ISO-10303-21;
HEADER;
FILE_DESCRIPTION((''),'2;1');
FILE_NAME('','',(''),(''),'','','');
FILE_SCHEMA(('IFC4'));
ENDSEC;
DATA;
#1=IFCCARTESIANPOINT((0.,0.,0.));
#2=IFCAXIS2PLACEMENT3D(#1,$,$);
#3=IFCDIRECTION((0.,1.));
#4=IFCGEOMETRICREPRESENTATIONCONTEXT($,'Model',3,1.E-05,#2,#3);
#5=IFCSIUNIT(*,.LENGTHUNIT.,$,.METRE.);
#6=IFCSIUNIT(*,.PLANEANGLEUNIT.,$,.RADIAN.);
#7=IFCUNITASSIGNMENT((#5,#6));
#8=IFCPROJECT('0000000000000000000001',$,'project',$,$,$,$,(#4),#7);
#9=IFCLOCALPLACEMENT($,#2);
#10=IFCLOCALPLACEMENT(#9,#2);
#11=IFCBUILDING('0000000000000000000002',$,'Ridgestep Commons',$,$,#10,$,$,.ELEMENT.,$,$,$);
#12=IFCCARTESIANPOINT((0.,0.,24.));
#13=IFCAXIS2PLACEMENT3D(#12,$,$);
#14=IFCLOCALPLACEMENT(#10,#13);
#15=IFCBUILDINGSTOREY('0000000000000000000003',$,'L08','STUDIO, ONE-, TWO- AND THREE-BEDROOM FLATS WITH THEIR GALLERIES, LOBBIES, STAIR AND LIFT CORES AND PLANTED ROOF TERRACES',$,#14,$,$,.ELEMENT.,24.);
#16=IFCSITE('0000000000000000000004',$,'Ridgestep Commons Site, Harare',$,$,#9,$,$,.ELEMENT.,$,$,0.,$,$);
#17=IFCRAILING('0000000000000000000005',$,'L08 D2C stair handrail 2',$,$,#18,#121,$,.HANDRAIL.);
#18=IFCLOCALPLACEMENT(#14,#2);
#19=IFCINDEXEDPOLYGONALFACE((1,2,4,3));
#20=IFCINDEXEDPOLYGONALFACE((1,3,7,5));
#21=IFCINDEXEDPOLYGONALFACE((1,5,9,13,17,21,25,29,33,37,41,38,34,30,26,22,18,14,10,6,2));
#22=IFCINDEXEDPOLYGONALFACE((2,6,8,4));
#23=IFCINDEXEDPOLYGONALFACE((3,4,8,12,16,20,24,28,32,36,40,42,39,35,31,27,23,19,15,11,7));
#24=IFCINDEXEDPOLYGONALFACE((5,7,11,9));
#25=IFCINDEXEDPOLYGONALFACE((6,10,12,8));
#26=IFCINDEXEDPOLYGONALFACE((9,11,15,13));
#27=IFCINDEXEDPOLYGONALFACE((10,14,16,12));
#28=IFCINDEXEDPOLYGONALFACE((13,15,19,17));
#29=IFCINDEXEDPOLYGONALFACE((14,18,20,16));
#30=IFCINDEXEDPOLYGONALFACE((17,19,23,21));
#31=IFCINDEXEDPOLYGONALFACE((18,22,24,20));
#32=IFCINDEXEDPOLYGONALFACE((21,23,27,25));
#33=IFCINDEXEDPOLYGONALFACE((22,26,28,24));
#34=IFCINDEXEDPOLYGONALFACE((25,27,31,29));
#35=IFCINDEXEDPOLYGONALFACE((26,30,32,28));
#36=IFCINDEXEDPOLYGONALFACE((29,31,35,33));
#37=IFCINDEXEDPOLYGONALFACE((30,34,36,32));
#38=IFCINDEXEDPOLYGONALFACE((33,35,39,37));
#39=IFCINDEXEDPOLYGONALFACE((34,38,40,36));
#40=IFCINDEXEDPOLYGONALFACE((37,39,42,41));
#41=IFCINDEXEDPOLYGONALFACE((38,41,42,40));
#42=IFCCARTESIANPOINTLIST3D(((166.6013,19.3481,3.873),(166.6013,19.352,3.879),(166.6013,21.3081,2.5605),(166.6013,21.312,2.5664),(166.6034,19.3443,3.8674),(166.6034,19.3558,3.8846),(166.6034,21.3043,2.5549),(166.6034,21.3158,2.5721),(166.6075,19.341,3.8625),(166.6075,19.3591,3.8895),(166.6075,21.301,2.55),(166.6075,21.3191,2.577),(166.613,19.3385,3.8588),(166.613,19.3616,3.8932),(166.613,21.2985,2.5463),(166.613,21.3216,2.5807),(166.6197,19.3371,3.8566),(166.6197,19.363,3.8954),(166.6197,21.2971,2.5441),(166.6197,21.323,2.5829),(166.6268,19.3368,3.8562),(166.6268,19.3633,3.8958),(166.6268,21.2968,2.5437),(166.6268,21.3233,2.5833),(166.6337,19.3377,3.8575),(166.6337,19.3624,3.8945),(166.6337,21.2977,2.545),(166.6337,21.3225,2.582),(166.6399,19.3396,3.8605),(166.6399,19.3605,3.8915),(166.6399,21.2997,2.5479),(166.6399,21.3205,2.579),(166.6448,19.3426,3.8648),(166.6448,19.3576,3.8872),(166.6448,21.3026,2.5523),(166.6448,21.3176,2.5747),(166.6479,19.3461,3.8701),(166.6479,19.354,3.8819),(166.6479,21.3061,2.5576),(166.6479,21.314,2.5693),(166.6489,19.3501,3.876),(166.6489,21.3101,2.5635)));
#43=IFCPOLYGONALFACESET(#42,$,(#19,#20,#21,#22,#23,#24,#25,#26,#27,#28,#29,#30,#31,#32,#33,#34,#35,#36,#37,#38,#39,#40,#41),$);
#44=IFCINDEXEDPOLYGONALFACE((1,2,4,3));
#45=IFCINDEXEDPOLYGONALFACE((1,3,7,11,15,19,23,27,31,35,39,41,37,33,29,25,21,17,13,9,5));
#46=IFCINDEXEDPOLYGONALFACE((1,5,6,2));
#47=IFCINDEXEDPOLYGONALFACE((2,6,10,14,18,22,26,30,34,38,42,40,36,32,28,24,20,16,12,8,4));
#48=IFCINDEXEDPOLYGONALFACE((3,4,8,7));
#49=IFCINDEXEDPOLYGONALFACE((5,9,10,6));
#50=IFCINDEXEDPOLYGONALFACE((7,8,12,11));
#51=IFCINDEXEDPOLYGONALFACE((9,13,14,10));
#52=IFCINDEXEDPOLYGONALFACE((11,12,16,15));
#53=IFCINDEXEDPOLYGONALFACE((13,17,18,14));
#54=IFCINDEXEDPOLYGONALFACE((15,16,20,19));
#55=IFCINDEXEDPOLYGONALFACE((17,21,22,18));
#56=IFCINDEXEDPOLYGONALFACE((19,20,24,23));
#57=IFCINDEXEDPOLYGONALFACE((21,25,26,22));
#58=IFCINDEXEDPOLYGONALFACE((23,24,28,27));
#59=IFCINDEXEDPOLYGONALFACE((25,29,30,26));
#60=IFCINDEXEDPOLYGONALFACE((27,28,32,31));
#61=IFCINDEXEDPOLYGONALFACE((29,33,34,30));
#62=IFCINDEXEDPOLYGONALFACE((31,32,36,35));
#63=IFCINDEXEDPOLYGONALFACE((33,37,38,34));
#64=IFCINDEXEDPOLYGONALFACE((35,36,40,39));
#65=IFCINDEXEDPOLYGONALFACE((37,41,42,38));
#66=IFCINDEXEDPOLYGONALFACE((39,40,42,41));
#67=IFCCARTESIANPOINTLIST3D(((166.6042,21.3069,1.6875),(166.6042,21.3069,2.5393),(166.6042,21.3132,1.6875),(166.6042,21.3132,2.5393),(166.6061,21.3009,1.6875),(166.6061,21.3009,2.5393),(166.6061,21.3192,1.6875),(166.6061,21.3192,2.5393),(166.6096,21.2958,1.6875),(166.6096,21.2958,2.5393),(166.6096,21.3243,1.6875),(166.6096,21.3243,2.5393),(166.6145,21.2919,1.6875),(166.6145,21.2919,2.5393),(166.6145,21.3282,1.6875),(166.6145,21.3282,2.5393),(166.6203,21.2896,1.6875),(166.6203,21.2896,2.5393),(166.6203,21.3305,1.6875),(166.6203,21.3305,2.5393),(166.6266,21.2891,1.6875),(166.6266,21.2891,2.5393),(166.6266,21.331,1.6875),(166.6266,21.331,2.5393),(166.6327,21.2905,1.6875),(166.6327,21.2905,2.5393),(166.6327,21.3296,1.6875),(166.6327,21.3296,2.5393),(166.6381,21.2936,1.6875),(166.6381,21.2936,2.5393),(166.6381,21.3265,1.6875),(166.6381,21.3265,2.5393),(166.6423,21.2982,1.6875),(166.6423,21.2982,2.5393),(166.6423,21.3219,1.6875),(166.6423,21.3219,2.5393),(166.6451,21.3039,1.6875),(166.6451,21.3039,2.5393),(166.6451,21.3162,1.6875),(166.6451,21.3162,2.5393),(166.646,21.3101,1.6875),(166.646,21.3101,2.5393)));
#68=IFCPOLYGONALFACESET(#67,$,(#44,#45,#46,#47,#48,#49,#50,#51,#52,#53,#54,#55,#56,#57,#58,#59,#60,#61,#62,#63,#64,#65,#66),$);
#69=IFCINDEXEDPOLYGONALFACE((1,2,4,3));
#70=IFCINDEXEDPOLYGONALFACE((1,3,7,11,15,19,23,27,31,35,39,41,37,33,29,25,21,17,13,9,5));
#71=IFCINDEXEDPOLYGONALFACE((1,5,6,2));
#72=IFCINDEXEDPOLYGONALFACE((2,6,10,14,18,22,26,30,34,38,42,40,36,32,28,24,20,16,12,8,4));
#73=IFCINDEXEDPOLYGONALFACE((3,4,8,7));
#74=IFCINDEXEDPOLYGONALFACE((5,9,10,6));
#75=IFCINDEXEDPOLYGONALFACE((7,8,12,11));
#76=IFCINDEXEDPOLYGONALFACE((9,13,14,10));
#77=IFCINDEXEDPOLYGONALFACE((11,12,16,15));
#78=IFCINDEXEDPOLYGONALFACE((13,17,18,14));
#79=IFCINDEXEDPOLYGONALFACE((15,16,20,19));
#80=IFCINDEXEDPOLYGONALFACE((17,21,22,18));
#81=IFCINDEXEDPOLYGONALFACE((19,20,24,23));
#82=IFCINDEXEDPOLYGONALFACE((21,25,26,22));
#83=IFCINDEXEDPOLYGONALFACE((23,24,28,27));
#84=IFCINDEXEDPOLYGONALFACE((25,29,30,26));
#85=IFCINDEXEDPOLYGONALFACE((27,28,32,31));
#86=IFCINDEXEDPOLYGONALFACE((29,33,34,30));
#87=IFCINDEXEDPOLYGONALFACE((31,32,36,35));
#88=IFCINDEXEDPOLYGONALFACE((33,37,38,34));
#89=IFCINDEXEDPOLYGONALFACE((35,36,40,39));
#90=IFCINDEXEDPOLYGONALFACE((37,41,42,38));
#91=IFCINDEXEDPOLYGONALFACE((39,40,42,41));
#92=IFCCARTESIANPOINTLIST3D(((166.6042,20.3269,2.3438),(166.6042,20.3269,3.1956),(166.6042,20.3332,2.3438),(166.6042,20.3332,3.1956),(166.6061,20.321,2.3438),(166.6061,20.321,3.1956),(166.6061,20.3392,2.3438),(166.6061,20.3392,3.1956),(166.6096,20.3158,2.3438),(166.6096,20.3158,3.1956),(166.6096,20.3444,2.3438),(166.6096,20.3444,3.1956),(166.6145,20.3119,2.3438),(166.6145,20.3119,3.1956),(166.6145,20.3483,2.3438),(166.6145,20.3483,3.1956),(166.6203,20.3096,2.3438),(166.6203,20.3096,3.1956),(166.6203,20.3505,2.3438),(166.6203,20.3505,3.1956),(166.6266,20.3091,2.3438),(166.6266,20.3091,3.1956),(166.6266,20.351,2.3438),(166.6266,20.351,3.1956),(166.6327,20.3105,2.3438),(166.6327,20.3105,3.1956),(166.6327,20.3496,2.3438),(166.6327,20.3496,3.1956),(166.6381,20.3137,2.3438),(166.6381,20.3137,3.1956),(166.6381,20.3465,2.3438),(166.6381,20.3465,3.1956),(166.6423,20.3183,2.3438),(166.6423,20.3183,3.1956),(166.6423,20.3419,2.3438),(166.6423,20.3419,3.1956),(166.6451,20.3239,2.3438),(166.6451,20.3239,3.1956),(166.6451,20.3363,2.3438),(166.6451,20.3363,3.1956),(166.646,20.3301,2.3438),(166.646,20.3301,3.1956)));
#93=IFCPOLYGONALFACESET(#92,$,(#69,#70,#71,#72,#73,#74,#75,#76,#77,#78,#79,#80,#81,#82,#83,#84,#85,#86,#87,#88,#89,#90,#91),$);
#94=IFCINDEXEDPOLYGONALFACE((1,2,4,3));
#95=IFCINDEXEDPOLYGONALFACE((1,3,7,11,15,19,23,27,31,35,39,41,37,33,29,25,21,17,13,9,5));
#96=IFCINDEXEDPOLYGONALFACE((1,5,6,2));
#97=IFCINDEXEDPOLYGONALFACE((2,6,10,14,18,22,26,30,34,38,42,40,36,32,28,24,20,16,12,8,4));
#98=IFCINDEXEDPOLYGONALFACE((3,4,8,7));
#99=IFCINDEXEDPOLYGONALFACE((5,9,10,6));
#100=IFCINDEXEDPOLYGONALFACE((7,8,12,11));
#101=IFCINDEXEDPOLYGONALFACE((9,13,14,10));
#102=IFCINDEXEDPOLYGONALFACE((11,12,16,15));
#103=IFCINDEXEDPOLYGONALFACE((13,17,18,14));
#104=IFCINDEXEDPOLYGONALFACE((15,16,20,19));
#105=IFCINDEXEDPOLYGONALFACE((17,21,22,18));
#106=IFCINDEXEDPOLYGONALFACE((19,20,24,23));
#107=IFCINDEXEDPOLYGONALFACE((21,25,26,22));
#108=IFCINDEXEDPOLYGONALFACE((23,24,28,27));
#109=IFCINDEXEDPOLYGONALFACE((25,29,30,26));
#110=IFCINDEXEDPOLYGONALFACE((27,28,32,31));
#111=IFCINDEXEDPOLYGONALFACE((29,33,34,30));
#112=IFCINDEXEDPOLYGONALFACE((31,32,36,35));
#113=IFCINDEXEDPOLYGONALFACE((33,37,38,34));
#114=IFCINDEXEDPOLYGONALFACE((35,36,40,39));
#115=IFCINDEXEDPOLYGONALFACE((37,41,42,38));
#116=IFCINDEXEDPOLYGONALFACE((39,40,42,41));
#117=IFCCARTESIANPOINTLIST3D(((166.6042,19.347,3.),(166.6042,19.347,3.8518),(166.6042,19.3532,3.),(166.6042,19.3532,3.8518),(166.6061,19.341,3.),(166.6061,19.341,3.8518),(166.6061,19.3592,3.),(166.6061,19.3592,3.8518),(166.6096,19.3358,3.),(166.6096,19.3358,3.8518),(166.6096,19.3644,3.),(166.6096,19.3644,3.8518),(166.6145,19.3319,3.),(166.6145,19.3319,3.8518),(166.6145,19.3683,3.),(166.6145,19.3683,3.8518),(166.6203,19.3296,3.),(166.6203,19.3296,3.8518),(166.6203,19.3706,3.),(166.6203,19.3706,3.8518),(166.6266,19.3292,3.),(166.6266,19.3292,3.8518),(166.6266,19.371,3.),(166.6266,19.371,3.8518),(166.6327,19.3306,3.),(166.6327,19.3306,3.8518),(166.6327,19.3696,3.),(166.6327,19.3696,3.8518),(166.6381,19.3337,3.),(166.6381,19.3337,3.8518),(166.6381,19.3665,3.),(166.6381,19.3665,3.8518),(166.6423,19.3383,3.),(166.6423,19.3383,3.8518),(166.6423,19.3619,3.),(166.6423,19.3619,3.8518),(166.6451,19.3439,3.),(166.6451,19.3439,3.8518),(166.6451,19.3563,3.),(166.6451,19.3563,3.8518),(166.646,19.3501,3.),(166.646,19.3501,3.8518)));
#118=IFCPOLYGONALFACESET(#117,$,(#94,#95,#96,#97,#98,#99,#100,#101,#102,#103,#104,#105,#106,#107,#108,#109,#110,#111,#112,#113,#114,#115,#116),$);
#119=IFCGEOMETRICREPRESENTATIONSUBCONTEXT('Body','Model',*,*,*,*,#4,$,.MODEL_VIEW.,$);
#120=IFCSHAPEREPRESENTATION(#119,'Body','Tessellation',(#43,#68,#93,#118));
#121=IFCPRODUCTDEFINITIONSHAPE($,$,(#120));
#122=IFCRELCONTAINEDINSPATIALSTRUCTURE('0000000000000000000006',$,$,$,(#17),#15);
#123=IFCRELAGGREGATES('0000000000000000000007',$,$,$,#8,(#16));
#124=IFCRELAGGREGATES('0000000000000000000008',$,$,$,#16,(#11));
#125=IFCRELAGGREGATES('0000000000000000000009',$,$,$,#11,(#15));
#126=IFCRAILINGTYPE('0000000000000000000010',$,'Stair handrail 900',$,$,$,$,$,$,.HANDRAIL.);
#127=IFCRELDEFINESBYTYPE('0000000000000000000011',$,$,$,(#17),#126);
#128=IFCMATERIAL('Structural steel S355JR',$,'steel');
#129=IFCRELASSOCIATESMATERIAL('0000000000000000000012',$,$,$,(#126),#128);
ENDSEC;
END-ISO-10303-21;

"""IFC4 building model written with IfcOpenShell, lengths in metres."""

from ifc_helpers import new_model, si_unit, direction, frame, origin, origin_2d, place, context, subcontext, project, spatial, circle, extrude, material, type_object, element, save


model = new_model("IFC4")

# Units and contexts
model_context = context("Model", 3, precision=1e-05, world=origin(), true_north=direction((0.0, 1.0)))
body_context = subcontext(model_context, "Body", "Model", "MODEL_VIEW")
ifc_project = project(units=[si_unit("LENGTHUNIT", "METRE"), si_unit("PLANEANGLEUNIT", "RADIAN")], contexts=[model_context])

# Site, building, storey
site_placement = place(None, origin())
site = spatial("IfcSite", under=ifc_project, at=site_placement, Name="Ridgestep Commons Site, Harare", CompositionType="ELEMENT", RefElevation=0.0)
building_placement = place(site_placement, origin())
building = spatial("IfcBuilding", under=site, at=building_placement, Name="Ridgestep Commons", CompositionType="ELEMENT")
storey_placement = place(building_placement, frame((0.0, 0.0, 24.0)))
storey = spatial("IfcBuildingStorey", under=building, at=storey_placement, Name="L08", Description="STUDIO, ONE-, TWO- AND THREE-BEDROOM FLATS WITH THEIR GALLERIES, LOBBIES, STAIR AND LIFT CORES AND PLANTED ROOF TERRACES", CompositionType="ELEMENT", Elevation=24.0)

# Railing
ifc_material_1 = material(Name="Structural steel S355JR", Category="steel")
railing_type_1 = type_object("IfcRailingType", Name="Stair handrail 900", PredefinedType="HANDRAIL", material=ifc_material_1)
railing_1_placement = place(storey_placement, frame((166.625, 21.3101, 1.6875)))
element("IfcRailing", 1, at=railing_1_placement, inside=storey, type_object=railing_type_1, Name="L08 D2C stair handrail 2", PredefinedType="HANDRAIL", context=body_context, shape_type="SweptSolid", body=[
    extrude(circle(Radius=0.0239, at=origin_2d()), frame((0.0, 0.0, 0.876), z_axis=(0.0, -0.830902, 0.556419), x_axis=(1.0, 0.0, 0.0)), (0.0, 0.0, 1.0), 2.3589),
    extrude(circle(Radius=0.021, at=origin_2d()), origin(), (0.0, 0.0, 1.0), 0.8518),
    extrude(circle(Radius=0.021, at=origin_2d()), frame((0.0, -0.98, 0.6562)), (0.0, 0.0, 1.0), 0.8518),
    extrude(circle(Radius=0.021, at=origin_2d()), frame((0.0, -1.96, 1.3125)), (0.0, 0.0, 1.0), 0.8518),
])

save(model, "model.ifc")
